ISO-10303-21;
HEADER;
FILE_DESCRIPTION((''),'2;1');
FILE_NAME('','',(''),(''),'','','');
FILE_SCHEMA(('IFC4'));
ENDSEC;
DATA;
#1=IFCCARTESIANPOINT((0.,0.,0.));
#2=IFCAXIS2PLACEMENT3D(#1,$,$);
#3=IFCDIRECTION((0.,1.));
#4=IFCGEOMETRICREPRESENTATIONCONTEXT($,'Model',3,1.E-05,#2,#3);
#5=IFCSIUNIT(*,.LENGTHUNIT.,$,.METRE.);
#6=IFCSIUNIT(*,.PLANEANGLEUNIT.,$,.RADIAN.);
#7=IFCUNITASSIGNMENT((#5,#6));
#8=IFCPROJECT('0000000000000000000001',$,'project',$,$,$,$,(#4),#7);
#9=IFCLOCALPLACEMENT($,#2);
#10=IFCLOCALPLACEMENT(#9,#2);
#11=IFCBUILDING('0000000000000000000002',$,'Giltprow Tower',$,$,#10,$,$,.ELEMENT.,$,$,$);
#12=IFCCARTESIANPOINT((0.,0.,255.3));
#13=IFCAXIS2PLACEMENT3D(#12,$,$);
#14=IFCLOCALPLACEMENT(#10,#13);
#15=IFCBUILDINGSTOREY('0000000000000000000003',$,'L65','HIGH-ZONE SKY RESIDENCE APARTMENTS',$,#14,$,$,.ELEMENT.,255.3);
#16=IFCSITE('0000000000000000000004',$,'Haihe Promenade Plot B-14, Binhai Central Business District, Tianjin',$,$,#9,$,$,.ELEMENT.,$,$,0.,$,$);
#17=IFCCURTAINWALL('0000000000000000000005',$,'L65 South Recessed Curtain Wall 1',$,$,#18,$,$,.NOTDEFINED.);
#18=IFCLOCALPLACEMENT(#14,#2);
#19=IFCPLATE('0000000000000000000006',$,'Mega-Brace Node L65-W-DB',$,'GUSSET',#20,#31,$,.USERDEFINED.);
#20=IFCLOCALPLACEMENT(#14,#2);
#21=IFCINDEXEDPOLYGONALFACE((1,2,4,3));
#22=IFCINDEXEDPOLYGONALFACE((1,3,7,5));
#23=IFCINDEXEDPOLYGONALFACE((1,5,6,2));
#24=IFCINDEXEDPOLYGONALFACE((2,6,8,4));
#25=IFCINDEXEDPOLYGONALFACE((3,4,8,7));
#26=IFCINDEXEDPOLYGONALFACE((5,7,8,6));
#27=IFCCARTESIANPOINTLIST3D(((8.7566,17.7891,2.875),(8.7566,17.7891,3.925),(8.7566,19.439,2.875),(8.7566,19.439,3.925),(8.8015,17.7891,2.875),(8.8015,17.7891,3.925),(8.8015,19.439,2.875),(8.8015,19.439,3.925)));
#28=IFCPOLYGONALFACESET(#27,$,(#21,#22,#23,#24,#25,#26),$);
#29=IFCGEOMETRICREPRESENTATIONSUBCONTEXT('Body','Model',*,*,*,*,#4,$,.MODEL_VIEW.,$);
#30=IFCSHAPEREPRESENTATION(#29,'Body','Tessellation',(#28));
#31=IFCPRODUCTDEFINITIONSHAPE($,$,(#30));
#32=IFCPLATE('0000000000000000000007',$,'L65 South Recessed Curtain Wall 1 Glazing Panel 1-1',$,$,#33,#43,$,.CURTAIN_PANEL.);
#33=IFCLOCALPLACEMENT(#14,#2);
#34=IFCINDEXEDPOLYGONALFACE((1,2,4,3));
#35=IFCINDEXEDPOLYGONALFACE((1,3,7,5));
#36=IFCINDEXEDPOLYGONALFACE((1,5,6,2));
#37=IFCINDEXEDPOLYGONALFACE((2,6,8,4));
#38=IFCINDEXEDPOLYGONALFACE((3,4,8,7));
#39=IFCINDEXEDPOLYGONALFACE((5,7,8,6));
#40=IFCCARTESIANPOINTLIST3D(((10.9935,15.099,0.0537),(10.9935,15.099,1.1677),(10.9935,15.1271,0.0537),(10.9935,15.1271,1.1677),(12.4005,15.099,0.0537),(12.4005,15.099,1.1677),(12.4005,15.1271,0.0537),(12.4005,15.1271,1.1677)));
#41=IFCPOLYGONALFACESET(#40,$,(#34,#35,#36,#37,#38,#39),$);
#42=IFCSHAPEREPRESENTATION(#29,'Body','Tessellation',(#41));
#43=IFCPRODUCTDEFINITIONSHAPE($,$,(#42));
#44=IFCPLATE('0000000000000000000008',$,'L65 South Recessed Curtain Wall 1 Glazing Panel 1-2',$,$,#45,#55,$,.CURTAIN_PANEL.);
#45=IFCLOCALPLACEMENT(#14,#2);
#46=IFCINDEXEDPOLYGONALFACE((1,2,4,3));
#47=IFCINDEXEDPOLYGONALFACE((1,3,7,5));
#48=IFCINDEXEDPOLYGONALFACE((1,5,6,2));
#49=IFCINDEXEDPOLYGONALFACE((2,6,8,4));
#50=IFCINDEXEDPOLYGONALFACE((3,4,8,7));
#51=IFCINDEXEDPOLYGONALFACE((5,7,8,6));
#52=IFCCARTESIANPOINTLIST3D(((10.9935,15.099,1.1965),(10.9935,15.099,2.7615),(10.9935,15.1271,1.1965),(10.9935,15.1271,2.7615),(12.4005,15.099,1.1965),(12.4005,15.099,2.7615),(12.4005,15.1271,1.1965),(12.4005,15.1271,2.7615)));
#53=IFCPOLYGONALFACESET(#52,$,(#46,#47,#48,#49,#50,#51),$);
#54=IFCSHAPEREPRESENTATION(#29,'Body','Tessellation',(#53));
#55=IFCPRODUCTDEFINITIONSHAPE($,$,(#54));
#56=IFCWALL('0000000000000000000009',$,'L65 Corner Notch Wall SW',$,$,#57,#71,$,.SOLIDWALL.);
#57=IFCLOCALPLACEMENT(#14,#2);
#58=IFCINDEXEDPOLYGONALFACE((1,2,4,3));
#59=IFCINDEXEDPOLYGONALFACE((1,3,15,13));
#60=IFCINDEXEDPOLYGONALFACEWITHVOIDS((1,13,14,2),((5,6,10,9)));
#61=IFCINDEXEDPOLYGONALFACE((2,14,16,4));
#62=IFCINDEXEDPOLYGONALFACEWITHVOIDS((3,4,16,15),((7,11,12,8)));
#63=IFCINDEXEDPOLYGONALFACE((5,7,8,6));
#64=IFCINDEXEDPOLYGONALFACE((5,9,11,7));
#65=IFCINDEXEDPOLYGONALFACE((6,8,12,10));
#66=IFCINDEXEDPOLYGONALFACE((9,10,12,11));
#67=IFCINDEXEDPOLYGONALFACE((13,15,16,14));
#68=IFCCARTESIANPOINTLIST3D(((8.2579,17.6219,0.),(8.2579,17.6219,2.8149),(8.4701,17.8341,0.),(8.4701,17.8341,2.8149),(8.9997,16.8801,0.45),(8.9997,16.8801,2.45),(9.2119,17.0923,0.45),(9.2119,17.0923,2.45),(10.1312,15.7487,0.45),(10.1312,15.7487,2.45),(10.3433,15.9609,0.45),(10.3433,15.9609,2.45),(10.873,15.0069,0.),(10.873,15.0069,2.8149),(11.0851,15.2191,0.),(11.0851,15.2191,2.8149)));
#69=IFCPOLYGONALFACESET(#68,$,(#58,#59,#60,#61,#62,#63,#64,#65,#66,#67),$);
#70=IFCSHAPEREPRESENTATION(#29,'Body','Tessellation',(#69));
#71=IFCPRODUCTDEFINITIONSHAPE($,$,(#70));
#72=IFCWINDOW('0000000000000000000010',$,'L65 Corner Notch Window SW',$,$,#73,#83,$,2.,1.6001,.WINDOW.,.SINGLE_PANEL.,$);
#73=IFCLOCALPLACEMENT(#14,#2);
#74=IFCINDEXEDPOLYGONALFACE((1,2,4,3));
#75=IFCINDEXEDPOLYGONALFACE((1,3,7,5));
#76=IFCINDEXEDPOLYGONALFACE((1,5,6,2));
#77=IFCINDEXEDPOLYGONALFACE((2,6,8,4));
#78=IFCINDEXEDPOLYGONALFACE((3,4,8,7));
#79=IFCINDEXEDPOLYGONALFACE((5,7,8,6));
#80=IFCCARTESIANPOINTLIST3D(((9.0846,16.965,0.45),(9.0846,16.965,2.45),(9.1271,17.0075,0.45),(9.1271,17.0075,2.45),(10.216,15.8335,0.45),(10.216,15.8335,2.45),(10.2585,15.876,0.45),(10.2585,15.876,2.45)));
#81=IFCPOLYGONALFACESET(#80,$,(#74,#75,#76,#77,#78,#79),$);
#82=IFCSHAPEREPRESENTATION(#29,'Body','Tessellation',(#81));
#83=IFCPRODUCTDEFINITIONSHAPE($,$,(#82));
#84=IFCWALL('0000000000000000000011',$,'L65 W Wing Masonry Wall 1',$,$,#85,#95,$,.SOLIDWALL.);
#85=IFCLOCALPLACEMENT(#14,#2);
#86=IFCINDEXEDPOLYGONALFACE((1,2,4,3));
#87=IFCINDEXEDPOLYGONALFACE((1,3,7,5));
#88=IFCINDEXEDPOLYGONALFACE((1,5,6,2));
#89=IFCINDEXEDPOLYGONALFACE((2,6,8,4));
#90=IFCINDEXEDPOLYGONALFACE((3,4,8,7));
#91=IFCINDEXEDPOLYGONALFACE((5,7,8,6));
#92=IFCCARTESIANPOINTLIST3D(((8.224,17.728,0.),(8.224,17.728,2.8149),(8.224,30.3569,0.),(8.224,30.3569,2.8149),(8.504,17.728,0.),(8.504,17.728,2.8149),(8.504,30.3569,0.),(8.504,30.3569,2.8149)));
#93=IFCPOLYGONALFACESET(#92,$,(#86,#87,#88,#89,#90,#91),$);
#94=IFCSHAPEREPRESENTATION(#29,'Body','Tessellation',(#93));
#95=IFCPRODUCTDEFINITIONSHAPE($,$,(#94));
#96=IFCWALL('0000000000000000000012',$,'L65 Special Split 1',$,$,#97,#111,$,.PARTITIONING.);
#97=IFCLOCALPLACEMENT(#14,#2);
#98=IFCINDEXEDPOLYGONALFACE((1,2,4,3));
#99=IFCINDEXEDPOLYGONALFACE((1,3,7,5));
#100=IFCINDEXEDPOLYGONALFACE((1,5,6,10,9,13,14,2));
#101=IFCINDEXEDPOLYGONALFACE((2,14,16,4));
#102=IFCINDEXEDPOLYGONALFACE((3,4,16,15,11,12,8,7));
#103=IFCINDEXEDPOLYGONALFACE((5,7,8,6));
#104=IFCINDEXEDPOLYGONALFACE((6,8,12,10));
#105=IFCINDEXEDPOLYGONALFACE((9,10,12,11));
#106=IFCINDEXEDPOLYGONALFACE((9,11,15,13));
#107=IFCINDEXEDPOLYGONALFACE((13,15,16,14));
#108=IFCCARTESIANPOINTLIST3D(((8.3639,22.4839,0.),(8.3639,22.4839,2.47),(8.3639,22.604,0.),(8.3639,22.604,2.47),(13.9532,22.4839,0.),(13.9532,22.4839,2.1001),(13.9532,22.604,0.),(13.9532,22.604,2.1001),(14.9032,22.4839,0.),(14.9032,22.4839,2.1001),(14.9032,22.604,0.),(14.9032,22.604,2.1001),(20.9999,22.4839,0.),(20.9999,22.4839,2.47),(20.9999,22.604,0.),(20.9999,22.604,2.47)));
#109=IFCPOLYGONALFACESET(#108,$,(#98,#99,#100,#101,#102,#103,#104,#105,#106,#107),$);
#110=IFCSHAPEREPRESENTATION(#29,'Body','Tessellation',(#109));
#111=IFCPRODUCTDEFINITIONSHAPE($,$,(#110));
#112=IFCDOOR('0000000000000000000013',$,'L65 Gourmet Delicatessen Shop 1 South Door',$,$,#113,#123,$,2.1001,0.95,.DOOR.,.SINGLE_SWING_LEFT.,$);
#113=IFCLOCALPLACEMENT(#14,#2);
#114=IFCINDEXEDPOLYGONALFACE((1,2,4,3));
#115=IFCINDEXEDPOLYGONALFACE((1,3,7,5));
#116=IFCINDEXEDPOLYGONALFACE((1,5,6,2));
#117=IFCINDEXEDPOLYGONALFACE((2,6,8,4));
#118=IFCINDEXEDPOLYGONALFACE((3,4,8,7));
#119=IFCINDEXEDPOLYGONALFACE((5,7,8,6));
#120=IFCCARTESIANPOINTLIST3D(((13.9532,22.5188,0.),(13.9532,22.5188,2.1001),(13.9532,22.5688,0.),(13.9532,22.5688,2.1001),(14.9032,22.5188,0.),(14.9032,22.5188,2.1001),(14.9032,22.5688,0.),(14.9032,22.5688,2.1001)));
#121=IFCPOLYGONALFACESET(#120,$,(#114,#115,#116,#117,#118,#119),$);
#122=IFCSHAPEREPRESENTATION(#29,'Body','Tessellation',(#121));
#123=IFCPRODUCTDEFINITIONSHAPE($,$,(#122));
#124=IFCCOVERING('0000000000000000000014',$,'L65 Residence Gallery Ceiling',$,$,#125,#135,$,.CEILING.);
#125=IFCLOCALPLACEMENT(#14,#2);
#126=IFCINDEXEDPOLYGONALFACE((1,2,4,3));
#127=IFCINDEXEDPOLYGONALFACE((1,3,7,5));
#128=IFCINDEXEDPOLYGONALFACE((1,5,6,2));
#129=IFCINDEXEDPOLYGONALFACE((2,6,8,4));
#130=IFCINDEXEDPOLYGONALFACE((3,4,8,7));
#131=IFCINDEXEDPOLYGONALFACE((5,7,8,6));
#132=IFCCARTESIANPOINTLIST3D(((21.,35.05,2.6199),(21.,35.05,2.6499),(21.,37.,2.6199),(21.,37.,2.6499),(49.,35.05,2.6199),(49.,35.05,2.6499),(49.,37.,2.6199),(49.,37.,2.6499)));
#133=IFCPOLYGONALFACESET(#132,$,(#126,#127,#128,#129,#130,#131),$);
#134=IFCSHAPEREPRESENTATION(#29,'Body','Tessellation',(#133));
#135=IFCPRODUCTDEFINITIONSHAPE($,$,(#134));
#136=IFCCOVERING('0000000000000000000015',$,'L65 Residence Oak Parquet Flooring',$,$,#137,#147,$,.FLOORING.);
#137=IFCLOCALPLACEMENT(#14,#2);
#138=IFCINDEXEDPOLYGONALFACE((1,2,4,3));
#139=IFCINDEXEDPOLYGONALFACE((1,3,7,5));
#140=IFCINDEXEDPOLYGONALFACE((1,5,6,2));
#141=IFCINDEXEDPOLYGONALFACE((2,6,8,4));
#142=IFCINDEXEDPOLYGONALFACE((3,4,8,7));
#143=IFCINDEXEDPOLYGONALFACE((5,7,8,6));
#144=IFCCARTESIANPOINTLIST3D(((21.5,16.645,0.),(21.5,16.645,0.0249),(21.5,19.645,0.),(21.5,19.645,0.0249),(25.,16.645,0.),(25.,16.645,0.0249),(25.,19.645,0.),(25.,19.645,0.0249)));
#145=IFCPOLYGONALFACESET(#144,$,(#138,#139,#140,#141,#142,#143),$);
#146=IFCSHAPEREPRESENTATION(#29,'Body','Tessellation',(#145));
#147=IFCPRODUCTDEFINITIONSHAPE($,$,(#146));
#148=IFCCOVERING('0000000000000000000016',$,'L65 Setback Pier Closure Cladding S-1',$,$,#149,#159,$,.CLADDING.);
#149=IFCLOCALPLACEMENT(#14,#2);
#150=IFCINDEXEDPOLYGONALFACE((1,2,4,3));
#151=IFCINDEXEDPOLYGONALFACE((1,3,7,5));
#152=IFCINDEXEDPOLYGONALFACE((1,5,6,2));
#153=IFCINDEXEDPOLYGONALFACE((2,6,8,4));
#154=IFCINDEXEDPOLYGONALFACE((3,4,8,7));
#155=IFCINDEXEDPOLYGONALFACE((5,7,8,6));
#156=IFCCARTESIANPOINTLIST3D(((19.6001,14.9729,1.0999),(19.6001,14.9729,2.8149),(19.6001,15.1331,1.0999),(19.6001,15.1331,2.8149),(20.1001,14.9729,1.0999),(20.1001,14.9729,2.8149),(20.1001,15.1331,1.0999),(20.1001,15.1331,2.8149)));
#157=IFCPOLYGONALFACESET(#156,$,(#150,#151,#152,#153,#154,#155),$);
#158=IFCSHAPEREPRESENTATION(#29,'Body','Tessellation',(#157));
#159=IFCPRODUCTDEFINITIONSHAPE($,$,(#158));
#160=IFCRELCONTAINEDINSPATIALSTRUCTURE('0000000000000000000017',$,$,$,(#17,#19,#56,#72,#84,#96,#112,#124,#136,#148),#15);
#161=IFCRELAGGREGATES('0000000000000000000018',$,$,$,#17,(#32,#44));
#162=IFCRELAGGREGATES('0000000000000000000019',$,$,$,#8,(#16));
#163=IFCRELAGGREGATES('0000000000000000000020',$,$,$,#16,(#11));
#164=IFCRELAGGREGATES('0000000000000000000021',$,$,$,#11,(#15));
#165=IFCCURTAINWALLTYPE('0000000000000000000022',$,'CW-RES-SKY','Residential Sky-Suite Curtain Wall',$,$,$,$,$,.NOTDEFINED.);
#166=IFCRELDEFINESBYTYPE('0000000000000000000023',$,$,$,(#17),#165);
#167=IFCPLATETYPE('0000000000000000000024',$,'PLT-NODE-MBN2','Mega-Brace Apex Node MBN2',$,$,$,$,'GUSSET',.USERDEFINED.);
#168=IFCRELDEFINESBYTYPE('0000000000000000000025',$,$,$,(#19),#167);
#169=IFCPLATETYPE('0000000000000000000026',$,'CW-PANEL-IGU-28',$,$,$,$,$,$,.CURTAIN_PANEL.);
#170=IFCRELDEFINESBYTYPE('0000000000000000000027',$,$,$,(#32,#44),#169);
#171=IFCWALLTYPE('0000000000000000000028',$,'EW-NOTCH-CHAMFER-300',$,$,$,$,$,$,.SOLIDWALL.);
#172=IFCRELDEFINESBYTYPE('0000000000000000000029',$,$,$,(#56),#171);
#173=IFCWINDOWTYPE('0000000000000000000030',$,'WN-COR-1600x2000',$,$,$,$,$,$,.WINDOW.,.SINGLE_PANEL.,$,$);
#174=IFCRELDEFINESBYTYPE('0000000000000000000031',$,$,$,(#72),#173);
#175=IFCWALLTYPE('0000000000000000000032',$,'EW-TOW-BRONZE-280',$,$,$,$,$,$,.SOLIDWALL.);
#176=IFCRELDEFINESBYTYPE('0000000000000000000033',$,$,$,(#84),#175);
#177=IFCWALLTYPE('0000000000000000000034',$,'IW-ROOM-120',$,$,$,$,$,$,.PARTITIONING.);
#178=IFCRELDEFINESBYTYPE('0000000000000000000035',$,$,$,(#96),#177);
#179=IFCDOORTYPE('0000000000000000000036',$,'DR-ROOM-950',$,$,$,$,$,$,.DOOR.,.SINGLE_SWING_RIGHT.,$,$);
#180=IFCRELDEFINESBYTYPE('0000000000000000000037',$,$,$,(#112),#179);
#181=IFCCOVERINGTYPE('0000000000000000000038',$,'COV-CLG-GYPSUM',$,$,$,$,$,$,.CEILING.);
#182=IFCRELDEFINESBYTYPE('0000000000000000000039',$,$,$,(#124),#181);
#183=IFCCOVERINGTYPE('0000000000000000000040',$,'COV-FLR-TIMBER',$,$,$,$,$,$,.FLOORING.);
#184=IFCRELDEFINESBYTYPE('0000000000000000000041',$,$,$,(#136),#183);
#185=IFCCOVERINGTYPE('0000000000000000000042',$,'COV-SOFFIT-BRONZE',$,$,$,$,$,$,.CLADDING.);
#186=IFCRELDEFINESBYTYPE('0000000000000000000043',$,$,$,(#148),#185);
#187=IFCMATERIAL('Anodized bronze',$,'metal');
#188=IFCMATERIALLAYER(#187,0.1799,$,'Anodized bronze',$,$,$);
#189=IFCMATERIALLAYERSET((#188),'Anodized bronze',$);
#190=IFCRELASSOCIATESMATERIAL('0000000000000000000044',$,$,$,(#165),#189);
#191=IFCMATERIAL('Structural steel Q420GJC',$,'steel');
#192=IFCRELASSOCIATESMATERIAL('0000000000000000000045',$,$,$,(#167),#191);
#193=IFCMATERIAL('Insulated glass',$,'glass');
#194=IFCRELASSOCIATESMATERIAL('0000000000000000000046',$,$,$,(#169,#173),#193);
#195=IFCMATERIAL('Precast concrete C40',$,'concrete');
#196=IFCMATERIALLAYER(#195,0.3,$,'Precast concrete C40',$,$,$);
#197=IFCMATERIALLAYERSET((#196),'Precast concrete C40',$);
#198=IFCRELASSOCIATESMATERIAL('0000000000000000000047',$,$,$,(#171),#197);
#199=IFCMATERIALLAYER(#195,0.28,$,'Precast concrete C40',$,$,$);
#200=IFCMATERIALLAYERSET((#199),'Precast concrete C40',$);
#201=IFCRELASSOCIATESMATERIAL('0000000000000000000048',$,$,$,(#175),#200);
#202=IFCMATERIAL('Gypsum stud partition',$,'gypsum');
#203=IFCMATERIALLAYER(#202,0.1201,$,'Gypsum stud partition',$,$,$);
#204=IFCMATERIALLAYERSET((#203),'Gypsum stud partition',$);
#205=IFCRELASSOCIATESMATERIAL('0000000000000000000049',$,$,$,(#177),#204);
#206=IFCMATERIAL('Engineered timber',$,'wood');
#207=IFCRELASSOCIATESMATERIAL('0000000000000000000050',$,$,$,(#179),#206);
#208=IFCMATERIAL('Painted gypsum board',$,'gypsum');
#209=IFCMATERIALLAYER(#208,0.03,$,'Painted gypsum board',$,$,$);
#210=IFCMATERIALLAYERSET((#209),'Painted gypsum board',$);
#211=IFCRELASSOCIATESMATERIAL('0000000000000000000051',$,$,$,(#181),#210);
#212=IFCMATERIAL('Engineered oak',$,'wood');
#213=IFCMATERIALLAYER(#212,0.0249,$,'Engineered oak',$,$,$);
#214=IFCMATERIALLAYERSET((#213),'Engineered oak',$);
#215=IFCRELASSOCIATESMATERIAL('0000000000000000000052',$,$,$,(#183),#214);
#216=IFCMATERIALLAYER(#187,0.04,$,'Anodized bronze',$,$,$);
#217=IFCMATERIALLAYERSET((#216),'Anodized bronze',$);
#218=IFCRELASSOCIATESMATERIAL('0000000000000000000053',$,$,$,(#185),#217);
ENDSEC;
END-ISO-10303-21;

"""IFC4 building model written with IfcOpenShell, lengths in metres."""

from ifc_helpers import new_model, si_unit, direction, frame, frame_2d, origin, origin_2d, place, context, subcontext, project, spatial, polyline, rectangle, outline, extrude, source, transform, mapped, material, layer, layer_set, type_object, element, fill, aggregate, save


model = new_model("IFC4")

# Units and contexts
model_context = context("Model", 3, precision=1e-05, world=origin(), true_north=direction((0.0, 1.0)))
body_context = subcontext(model_context, "Body", "Model", "MODEL_VIEW")
ifc_project = project(units=[si_unit("LENGTHUNIT", "METRE"), si_unit("PLANEANGLEUNIT", "RADIAN")], contexts=[model_context])

# Site, building, storey
site_placement = place(None, origin())
site = spatial("IfcSite", under=ifc_project, at=site_placement, Name="Haihe Promenade Plot B-14, Binhai Central Business District, Tianjin", CompositionType="ELEMENT", RefElevation=0.0)
building_placement = place(site_placement, origin())
building = spatial("IfcBuilding", under=site, at=building_placement, Name="Giltprow Tower", CompositionType="ELEMENT")
storey_placement = place(building_placement, frame((0.0, 0.0, 255.3)))
storey = spatial("IfcBuildingStorey", under=building, at=storey_placement, Name="L65", Description="HIGH-ZONE SKY RESIDENCE APARTMENTS", CompositionType="ELEMENT", Elevation=255.3)

# Shared definitions
ifc_material_1 = material(Name="Structural steel Q420GJC", Category="steel")

# Curtain wall
ifc_material_2 = material(Name="Anodized bronze", Category="metal")
ifc_layer_1 = layer(ifc_material_2, 0.1799, Name="Anodized bronze")
ifc_layer_set_1 = layer_set([ifc_layer_1], Name="Anodized bronze")
curtain_wall_type = type_object("IfcCurtainWallType", Name="CW-RES-SKY", Description="Residential Sky-Suite Curtain Wall", PredefinedType="NOTDEFINED", material=ifc_layer_set_1)
curtain_wall_placement = place(storey_placement, origin())
curtain_wall = element("IfcCurtainWall", 1, at=curtain_wall_placement, inside=storey, type_object=curtain_wall_type, Name="L65 South Recessed Curtain Wall 1", PredefinedType="NOTDEFINED")

# Plate
plate_type_1 = type_object("IfcPlateType", Name="PLT-NODE-MBN2", Description="Mega-Brace Apex Node MBN2", ElementType="GUSSET", PredefinedType="USERDEFINED", material=ifc_material_1)
shared_shape_1 = source(origin(), body_context, "Body", "SweptSolid", [
    extrude(rectangle(XDim=1.6499, YDim=0.0449, at=origin_2d()), origin(), (0.0, 0.0, 1.0), 1.05),
])
plate_1_placement = place(storey_placement, frame((8.7791, 18.614, 2.875), z_axis=(0.0, 0.0, 1.0), x_axis=(0.0, 1.0, 0.0)))
element("IfcPlate", 2, at=plate_1_placement, inside=storey, type_object=plate_type_1, Name="Mega-Brace Node L65-W-DB", ObjectType="GUSSET", PredefinedType="USERDEFINED", context=body_context, shape_type="MappedRepresentation", body=[
    mapped(shared_shape_1, transform((0.0, 0.0, 0.0), x_axis=(1.0, 0.0, 0.0), y_axis=(0.0, 1.0, 0.0), z_axis=(0.0, 0.0, 1.0), scale=1.0)),
])

# Plates
ifc_material_3 = material(Name="Insulated glass", Category="glass")
plate_type_2 = type_object("IfcPlateType", Name="CW-PANEL-IGU-28", PredefinedType="CURTAIN_PANEL", material=ifc_material_3)
shared_shape_2 = source(origin(), body_context, "Body", "SweptSolid", [
    extrude(rectangle(XDim=1.407, YDim=0.0281, at=origin_2d()), origin(), (0.0, 0.0, 1.0), 1.114),
])
plate_2_placement = place(storey_placement, frame((11.697, 15.113, 0.0537), z_axis=(0.0, 0.0, 1.0), x_axis=(1.0, 0.0, 0.0)))
plate_2 = element("IfcPlate", 3, at=plate_2_placement, type_object=plate_type_2, Name="L65 South Recessed Curtain Wall 1 Glazing Panel 1-1", PredefinedType="CURTAIN_PANEL", context=body_context, shape_type="MappedRepresentation", body=[
    mapped(shared_shape_2, transform((0.0, 0.0, 0.0), x_axis=(1.0, 0.0, 0.0), y_axis=(0.0, 1.0, 0.0), z_axis=(0.0, 0.0, 1.0), scale=1.0)),
])
shared_shape_3 = source(origin(), body_context, "Body", "SweptSolid", [
    extrude(rectangle(XDim=1.407, YDim=0.0281, at=origin_2d()), origin(), (0.0, 0.0, 1.0), 1.5649),
])
plate_3_placement = place(storey_placement, frame((11.697, 15.113, 1.1965), z_axis=(0.0, 0.0, 1.0), x_axis=(1.0, 0.0, 0.0)))
plate_3 = element("IfcPlate", 4, at=plate_3_placement, type_object=plate_type_2, Name="L65 South Recessed Curtain Wall 1 Glazing Panel 1-2", PredefinedType="CURTAIN_PANEL", context=body_context, shape_type="MappedRepresentation", body=[
    mapped(shared_shape_3, transform((0.0, 0.0, 0.0), x_axis=(1.0, 0.0, 0.0), y_axis=(0.0, 1.0, 0.0), z_axis=(0.0, 0.0, 1.0), scale=1.0)),
])
aggregate(curtain_wall, [plate_2, plate_3])

# Wall, opening, window
ifc_material_4 = material(Name="Precast concrete C40", Category="concrete")
ifc_layer_2 = layer(ifc_material_4, 0.3, Name="Precast concrete C40")
ifc_layer_set_2 = layer_set([ifc_layer_2], Name="Precast concrete C40")
wall_type_1 = type_object("IfcWallType", Name="EW-NOTCH-CHAMFER-300", PredefinedType="SOLIDWALL", material=ifc_layer_set_2)
wall_1_placement = place(storey_placement, frame((8.364, 17.728, 0.0), z_axis=(0.0, 0.0, 1.0), x_axis=(0.707107, -0.707107, 0.0)))
wall_1 = element("IfcWall", 5, at=wall_1_placement, inside=storey, type_object=wall_type_1, Name="L65 Corner Notch Wall SW", PredefinedType="SOLIDWALL", context=body_context, shape_type="SweptSolid", body=[
    extrude(rectangle(XDim=3.6982, YDim=0.3, at=frame_2d((1.8491, 0.0))), origin(), (0.0, 0.0, 1.0), 2.8149),
])
opening_1_placement = place(wall_1_placement, frame((1.0491, 0.0, 0.45)))
opening_1 = element("IfcOpeningElement", 6, at=opening_1_placement, cuts=wall_1, PredefinedType="OPENING", context=body_context, shape_type="SweptSolid", body=[
    extrude(rectangle(XDim=1.6001, YDim=2.0, at=frame_2d((0.8, 1.0))), frame((0.0, 0.1599, 0.0), z_axis=(0.0, -1.0, 0.0), x_axis=(1.0, 0.0, 0.0)), (0.0, 0.0, 1.0), 0.3201),
])
window_type = type_object("IfcWindowType", Name="WN-COR-1600x2000", PartitioningType="SINGLE_PANEL", PredefinedType="WINDOW", material=ifc_material_3)
shared_shape_4 = source(origin(), body_context, "Body", "SweptSolid", [
    extrude(rectangle(XDim=1.6001, YDim=2.0, at=frame_2d((0.8, 1.0))), frame((0.0, 0.03, 0.0), z_axis=(0.0, -1.0, 0.0), x_axis=(1.0, 0.0, 0.0)), (0.0, 0.0, 1.0), 0.0601),
])
window_placement = place(opening_1_placement, origin())
window = element("IfcWindow", 7, at=window_placement, inside=storey, type_object=window_type, Name="L65 Corner Notch Window SW", OverallHeight=2.0, OverallWidth=1.6001, PartitioningType="SINGLE_PANEL", PredefinedType="WINDOW", context=body_context, shape_type="MappedRepresentation", body=[
    mapped(shared_shape_4, transform((0.0, 0.0, 0.0), x_axis=(1.0, 0.0, 0.0), y_axis=(0.0, 1.0, 0.0), z_axis=(0.0, 0.0, 1.0), scale=1.0)),
])
fill(opening_1, window)

# Wall
ifc_layer_3 = layer(ifc_material_4, 0.28, Name="Precast concrete C40")
ifc_layer_set_3 = layer_set([ifc_layer_3], Name="Precast concrete C40")
wall_type_2 = type_object("IfcWallType", Name="EW-TOW-BRONZE-280", PredefinedType="SOLIDWALL", material=ifc_layer_set_3)
wall_2_placement = place(storey_placement, frame((8.364, 17.728, 0.0), z_axis=(0.0, 0.0, 1.0), x_axis=(0.0, 1.0, 0.0)))
element("IfcWall", 8, at=wall_2_placement, inside=storey, type_object=wall_type_2, Name="L65 W Wing Masonry Wall 1", PredefinedType="SOLIDWALL", context=body_context, shape_type="SweptSolid", body=[
    extrude(rectangle(XDim=12.6289, YDim=0.28, at=frame_2d((6.3145, 0.0))), origin(), (0.0, 0.0, 1.0), 2.8149),
])

# Wall, opening, door
ifc_material_5 = material(Name="Gypsum stud partition", Category="gypsum")
ifc_layer_4 = layer(ifc_material_5, 0.1201, Name="Gypsum stud partition")
ifc_layer_set_4 = layer_set([ifc_layer_4], Name="Gypsum stud partition")
wall_type_3 = type_object("IfcWallType", Name="IW-ROOM-120", PredefinedType="PARTITIONING", material=ifc_layer_set_4)
wall_3_placement = place(storey_placement, frame((8.364, 22.5439, 0.0), z_axis=(0.0, 0.0, 1.0), x_axis=(1.0, 0.0, 0.0)))
wall_3 = element("IfcWall", 9, at=wall_3_placement, inside=storey, type_object=wall_type_3, Name="L65 Special Split 1", PredefinedType="PARTITIONING", context=body_context, shape_type="SweptSolid", body=[
    extrude(rectangle(XDim=12.636, YDim=0.1201, at=frame_2d((6.3179, 0.0))), origin(), (0.0, 0.0, 1.0), 2.47),
])
opening_2_placement = place(wall_3_placement, frame((5.5891, 0.0, 0.0)))
opening_2 = element("IfcOpeningElement", 10, at=opening_2_placement, cuts=wall_3, PredefinedType="OPENING", context=body_context, shape_type="SweptSolid", body=[
    extrude(rectangle(XDim=0.95, YDim=2.1001, at=frame_2d((0.4751, 1.05))), frame((0.0, 0.0701, 0.0), z_axis=(0.0, -1.0, 0.0), x_axis=(1.0, 0.0, 0.0)), (0.0, 0.0, 1.0), 0.1401),
])
ifc_material_6 = material(Name="Engineered timber", Category="wood")
door_type = type_object("IfcDoorType", Name="DR-ROOM-950", OperationType="SINGLE_SWING_RIGHT", PredefinedType="DOOR", material=ifc_material_6)
shared_shape_5 = source(origin(), body_context, "Body", "SweptSolid", [
    extrude(rectangle(XDim=0.95, YDim=2.1001, at=frame_2d((0.4751, 1.05))), frame((0.0, 0.0249, 0.0), z_axis=(0.0, -1.0, 0.0), x_axis=(1.0, 0.0, 0.0)), (0.0, 0.0, 1.0), 0.05),
])
door_placement = place(opening_2_placement, origin())
door = element("IfcDoor", 11, at=door_placement, inside=storey, type_object=door_type, Name="L65 Gourmet Delicatessen Shop 1 South Door", OperationType="SINGLE_SWING_LEFT", OverallHeight=2.1001, OverallWidth=0.95, PredefinedType="DOOR", context=body_context, shape_type="MappedRepresentation", body=[
    mapped(shared_shape_5, transform((0.0, 0.0, 0.0), x_axis=(1.0, 0.0, 0.0), y_axis=(0.0, 1.0, 0.0), z_axis=(0.0, 0.0, 1.0), scale=1.0)),
])
fill(opening_2, door)

# Coverings
ifc_material_7 = material(Name="Painted gypsum board", Category="gypsum")
ifc_layer_5 = layer(ifc_material_7, 0.03, Name="Painted gypsum board")
ifc_layer_set_5 = layer_set([ifc_layer_5], Name="Painted gypsum board")
covering_type_1 = type_object("IfcCoveringType", Name="COV-CLG-GYPSUM", PredefinedType="CEILING", material=ifc_layer_set_5)
covering_1_placement = place(storey_placement, frame((0.0, 0.0, 2.6199)))
element("IfcCovering", 12, at=covering_1_placement, inside=storey, type_object=covering_type_1, Name="L65 Residence Gallery Ceiling", PredefinedType="CEILING", context=body_context, shape_type="SweptSolid", body=[
    extrude(outline(polyline([(21.0, 35.05), (49.0, 35.05), (49.0, 37.0), (21.0, 37.0), (21.0, 35.05)])), origin(), (0.0, 0.0, 1.0), 0.03),
])
ifc_material_8 = material(Name="Engineered oak", Category="wood")
ifc_layer_6 = layer(ifc_material_8, 0.0249, Name="Engineered oak")
ifc_layer_set_6 = layer_set([ifc_layer_6], Name="Engineered oak")
covering_type_2 = type_object("IfcCoveringType", Name="COV-FLR-TIMBER", PredefinedType="FLOORING", material=ifc_layer_set_6)
covering_2_placement = place(storey_placement, origin())
element("IfcCovering", 13, at=covering_2_placement, inside=storey, type_object=covering_type_2, Name="L65 Residence Oak Parquet Flooring", PredefinedType="FLOORING", context=body_context, shape_type="SweptSolid", body=[
    extrude(outline(polyline([(21.5, 16.645), (25.0, 16.645), (25.0, 19.645), (21.5, 19.645), (21.5, 16.645)])), origin(), (0.0, 0.0, 1.0), 0.0249),
])
ifc_layer_7 = layer(ifc_material_2, 0.04, Name="Anodized bronze")
ifc_layer_set_7 = layer_set([ifc_layer_7], Name="Anodized bronze")
covering_type_3 = type_object("IfcCoveringType", Name="COV-SOFFIT-BRONZE", PredefinedType="CLADDING", material=ifc_layer_set_7)
covering_3_placement = place(storey_placement, frame((0.0, 0.0, 1.0999)))
element("IfcCovering", 14, at=covering_3_placement, inside=storey, type_object=covering_type_3, Name="L65 Setback Pier Closure Cladding S-1", PredefinedType="CLADDING", context=body_context, shape_type="SweptSolid", body=[
    extrude(outline(polyline([(19.6001, 14.9729), (20.1001, 14.9729), (20.1001, 15.1331), (19.6001, 15.1331), (19.6001, 14.9729)])), origin(), (0.0, 0.0, 1.0), 1.7151),
])

save(model, "model.ifc")
